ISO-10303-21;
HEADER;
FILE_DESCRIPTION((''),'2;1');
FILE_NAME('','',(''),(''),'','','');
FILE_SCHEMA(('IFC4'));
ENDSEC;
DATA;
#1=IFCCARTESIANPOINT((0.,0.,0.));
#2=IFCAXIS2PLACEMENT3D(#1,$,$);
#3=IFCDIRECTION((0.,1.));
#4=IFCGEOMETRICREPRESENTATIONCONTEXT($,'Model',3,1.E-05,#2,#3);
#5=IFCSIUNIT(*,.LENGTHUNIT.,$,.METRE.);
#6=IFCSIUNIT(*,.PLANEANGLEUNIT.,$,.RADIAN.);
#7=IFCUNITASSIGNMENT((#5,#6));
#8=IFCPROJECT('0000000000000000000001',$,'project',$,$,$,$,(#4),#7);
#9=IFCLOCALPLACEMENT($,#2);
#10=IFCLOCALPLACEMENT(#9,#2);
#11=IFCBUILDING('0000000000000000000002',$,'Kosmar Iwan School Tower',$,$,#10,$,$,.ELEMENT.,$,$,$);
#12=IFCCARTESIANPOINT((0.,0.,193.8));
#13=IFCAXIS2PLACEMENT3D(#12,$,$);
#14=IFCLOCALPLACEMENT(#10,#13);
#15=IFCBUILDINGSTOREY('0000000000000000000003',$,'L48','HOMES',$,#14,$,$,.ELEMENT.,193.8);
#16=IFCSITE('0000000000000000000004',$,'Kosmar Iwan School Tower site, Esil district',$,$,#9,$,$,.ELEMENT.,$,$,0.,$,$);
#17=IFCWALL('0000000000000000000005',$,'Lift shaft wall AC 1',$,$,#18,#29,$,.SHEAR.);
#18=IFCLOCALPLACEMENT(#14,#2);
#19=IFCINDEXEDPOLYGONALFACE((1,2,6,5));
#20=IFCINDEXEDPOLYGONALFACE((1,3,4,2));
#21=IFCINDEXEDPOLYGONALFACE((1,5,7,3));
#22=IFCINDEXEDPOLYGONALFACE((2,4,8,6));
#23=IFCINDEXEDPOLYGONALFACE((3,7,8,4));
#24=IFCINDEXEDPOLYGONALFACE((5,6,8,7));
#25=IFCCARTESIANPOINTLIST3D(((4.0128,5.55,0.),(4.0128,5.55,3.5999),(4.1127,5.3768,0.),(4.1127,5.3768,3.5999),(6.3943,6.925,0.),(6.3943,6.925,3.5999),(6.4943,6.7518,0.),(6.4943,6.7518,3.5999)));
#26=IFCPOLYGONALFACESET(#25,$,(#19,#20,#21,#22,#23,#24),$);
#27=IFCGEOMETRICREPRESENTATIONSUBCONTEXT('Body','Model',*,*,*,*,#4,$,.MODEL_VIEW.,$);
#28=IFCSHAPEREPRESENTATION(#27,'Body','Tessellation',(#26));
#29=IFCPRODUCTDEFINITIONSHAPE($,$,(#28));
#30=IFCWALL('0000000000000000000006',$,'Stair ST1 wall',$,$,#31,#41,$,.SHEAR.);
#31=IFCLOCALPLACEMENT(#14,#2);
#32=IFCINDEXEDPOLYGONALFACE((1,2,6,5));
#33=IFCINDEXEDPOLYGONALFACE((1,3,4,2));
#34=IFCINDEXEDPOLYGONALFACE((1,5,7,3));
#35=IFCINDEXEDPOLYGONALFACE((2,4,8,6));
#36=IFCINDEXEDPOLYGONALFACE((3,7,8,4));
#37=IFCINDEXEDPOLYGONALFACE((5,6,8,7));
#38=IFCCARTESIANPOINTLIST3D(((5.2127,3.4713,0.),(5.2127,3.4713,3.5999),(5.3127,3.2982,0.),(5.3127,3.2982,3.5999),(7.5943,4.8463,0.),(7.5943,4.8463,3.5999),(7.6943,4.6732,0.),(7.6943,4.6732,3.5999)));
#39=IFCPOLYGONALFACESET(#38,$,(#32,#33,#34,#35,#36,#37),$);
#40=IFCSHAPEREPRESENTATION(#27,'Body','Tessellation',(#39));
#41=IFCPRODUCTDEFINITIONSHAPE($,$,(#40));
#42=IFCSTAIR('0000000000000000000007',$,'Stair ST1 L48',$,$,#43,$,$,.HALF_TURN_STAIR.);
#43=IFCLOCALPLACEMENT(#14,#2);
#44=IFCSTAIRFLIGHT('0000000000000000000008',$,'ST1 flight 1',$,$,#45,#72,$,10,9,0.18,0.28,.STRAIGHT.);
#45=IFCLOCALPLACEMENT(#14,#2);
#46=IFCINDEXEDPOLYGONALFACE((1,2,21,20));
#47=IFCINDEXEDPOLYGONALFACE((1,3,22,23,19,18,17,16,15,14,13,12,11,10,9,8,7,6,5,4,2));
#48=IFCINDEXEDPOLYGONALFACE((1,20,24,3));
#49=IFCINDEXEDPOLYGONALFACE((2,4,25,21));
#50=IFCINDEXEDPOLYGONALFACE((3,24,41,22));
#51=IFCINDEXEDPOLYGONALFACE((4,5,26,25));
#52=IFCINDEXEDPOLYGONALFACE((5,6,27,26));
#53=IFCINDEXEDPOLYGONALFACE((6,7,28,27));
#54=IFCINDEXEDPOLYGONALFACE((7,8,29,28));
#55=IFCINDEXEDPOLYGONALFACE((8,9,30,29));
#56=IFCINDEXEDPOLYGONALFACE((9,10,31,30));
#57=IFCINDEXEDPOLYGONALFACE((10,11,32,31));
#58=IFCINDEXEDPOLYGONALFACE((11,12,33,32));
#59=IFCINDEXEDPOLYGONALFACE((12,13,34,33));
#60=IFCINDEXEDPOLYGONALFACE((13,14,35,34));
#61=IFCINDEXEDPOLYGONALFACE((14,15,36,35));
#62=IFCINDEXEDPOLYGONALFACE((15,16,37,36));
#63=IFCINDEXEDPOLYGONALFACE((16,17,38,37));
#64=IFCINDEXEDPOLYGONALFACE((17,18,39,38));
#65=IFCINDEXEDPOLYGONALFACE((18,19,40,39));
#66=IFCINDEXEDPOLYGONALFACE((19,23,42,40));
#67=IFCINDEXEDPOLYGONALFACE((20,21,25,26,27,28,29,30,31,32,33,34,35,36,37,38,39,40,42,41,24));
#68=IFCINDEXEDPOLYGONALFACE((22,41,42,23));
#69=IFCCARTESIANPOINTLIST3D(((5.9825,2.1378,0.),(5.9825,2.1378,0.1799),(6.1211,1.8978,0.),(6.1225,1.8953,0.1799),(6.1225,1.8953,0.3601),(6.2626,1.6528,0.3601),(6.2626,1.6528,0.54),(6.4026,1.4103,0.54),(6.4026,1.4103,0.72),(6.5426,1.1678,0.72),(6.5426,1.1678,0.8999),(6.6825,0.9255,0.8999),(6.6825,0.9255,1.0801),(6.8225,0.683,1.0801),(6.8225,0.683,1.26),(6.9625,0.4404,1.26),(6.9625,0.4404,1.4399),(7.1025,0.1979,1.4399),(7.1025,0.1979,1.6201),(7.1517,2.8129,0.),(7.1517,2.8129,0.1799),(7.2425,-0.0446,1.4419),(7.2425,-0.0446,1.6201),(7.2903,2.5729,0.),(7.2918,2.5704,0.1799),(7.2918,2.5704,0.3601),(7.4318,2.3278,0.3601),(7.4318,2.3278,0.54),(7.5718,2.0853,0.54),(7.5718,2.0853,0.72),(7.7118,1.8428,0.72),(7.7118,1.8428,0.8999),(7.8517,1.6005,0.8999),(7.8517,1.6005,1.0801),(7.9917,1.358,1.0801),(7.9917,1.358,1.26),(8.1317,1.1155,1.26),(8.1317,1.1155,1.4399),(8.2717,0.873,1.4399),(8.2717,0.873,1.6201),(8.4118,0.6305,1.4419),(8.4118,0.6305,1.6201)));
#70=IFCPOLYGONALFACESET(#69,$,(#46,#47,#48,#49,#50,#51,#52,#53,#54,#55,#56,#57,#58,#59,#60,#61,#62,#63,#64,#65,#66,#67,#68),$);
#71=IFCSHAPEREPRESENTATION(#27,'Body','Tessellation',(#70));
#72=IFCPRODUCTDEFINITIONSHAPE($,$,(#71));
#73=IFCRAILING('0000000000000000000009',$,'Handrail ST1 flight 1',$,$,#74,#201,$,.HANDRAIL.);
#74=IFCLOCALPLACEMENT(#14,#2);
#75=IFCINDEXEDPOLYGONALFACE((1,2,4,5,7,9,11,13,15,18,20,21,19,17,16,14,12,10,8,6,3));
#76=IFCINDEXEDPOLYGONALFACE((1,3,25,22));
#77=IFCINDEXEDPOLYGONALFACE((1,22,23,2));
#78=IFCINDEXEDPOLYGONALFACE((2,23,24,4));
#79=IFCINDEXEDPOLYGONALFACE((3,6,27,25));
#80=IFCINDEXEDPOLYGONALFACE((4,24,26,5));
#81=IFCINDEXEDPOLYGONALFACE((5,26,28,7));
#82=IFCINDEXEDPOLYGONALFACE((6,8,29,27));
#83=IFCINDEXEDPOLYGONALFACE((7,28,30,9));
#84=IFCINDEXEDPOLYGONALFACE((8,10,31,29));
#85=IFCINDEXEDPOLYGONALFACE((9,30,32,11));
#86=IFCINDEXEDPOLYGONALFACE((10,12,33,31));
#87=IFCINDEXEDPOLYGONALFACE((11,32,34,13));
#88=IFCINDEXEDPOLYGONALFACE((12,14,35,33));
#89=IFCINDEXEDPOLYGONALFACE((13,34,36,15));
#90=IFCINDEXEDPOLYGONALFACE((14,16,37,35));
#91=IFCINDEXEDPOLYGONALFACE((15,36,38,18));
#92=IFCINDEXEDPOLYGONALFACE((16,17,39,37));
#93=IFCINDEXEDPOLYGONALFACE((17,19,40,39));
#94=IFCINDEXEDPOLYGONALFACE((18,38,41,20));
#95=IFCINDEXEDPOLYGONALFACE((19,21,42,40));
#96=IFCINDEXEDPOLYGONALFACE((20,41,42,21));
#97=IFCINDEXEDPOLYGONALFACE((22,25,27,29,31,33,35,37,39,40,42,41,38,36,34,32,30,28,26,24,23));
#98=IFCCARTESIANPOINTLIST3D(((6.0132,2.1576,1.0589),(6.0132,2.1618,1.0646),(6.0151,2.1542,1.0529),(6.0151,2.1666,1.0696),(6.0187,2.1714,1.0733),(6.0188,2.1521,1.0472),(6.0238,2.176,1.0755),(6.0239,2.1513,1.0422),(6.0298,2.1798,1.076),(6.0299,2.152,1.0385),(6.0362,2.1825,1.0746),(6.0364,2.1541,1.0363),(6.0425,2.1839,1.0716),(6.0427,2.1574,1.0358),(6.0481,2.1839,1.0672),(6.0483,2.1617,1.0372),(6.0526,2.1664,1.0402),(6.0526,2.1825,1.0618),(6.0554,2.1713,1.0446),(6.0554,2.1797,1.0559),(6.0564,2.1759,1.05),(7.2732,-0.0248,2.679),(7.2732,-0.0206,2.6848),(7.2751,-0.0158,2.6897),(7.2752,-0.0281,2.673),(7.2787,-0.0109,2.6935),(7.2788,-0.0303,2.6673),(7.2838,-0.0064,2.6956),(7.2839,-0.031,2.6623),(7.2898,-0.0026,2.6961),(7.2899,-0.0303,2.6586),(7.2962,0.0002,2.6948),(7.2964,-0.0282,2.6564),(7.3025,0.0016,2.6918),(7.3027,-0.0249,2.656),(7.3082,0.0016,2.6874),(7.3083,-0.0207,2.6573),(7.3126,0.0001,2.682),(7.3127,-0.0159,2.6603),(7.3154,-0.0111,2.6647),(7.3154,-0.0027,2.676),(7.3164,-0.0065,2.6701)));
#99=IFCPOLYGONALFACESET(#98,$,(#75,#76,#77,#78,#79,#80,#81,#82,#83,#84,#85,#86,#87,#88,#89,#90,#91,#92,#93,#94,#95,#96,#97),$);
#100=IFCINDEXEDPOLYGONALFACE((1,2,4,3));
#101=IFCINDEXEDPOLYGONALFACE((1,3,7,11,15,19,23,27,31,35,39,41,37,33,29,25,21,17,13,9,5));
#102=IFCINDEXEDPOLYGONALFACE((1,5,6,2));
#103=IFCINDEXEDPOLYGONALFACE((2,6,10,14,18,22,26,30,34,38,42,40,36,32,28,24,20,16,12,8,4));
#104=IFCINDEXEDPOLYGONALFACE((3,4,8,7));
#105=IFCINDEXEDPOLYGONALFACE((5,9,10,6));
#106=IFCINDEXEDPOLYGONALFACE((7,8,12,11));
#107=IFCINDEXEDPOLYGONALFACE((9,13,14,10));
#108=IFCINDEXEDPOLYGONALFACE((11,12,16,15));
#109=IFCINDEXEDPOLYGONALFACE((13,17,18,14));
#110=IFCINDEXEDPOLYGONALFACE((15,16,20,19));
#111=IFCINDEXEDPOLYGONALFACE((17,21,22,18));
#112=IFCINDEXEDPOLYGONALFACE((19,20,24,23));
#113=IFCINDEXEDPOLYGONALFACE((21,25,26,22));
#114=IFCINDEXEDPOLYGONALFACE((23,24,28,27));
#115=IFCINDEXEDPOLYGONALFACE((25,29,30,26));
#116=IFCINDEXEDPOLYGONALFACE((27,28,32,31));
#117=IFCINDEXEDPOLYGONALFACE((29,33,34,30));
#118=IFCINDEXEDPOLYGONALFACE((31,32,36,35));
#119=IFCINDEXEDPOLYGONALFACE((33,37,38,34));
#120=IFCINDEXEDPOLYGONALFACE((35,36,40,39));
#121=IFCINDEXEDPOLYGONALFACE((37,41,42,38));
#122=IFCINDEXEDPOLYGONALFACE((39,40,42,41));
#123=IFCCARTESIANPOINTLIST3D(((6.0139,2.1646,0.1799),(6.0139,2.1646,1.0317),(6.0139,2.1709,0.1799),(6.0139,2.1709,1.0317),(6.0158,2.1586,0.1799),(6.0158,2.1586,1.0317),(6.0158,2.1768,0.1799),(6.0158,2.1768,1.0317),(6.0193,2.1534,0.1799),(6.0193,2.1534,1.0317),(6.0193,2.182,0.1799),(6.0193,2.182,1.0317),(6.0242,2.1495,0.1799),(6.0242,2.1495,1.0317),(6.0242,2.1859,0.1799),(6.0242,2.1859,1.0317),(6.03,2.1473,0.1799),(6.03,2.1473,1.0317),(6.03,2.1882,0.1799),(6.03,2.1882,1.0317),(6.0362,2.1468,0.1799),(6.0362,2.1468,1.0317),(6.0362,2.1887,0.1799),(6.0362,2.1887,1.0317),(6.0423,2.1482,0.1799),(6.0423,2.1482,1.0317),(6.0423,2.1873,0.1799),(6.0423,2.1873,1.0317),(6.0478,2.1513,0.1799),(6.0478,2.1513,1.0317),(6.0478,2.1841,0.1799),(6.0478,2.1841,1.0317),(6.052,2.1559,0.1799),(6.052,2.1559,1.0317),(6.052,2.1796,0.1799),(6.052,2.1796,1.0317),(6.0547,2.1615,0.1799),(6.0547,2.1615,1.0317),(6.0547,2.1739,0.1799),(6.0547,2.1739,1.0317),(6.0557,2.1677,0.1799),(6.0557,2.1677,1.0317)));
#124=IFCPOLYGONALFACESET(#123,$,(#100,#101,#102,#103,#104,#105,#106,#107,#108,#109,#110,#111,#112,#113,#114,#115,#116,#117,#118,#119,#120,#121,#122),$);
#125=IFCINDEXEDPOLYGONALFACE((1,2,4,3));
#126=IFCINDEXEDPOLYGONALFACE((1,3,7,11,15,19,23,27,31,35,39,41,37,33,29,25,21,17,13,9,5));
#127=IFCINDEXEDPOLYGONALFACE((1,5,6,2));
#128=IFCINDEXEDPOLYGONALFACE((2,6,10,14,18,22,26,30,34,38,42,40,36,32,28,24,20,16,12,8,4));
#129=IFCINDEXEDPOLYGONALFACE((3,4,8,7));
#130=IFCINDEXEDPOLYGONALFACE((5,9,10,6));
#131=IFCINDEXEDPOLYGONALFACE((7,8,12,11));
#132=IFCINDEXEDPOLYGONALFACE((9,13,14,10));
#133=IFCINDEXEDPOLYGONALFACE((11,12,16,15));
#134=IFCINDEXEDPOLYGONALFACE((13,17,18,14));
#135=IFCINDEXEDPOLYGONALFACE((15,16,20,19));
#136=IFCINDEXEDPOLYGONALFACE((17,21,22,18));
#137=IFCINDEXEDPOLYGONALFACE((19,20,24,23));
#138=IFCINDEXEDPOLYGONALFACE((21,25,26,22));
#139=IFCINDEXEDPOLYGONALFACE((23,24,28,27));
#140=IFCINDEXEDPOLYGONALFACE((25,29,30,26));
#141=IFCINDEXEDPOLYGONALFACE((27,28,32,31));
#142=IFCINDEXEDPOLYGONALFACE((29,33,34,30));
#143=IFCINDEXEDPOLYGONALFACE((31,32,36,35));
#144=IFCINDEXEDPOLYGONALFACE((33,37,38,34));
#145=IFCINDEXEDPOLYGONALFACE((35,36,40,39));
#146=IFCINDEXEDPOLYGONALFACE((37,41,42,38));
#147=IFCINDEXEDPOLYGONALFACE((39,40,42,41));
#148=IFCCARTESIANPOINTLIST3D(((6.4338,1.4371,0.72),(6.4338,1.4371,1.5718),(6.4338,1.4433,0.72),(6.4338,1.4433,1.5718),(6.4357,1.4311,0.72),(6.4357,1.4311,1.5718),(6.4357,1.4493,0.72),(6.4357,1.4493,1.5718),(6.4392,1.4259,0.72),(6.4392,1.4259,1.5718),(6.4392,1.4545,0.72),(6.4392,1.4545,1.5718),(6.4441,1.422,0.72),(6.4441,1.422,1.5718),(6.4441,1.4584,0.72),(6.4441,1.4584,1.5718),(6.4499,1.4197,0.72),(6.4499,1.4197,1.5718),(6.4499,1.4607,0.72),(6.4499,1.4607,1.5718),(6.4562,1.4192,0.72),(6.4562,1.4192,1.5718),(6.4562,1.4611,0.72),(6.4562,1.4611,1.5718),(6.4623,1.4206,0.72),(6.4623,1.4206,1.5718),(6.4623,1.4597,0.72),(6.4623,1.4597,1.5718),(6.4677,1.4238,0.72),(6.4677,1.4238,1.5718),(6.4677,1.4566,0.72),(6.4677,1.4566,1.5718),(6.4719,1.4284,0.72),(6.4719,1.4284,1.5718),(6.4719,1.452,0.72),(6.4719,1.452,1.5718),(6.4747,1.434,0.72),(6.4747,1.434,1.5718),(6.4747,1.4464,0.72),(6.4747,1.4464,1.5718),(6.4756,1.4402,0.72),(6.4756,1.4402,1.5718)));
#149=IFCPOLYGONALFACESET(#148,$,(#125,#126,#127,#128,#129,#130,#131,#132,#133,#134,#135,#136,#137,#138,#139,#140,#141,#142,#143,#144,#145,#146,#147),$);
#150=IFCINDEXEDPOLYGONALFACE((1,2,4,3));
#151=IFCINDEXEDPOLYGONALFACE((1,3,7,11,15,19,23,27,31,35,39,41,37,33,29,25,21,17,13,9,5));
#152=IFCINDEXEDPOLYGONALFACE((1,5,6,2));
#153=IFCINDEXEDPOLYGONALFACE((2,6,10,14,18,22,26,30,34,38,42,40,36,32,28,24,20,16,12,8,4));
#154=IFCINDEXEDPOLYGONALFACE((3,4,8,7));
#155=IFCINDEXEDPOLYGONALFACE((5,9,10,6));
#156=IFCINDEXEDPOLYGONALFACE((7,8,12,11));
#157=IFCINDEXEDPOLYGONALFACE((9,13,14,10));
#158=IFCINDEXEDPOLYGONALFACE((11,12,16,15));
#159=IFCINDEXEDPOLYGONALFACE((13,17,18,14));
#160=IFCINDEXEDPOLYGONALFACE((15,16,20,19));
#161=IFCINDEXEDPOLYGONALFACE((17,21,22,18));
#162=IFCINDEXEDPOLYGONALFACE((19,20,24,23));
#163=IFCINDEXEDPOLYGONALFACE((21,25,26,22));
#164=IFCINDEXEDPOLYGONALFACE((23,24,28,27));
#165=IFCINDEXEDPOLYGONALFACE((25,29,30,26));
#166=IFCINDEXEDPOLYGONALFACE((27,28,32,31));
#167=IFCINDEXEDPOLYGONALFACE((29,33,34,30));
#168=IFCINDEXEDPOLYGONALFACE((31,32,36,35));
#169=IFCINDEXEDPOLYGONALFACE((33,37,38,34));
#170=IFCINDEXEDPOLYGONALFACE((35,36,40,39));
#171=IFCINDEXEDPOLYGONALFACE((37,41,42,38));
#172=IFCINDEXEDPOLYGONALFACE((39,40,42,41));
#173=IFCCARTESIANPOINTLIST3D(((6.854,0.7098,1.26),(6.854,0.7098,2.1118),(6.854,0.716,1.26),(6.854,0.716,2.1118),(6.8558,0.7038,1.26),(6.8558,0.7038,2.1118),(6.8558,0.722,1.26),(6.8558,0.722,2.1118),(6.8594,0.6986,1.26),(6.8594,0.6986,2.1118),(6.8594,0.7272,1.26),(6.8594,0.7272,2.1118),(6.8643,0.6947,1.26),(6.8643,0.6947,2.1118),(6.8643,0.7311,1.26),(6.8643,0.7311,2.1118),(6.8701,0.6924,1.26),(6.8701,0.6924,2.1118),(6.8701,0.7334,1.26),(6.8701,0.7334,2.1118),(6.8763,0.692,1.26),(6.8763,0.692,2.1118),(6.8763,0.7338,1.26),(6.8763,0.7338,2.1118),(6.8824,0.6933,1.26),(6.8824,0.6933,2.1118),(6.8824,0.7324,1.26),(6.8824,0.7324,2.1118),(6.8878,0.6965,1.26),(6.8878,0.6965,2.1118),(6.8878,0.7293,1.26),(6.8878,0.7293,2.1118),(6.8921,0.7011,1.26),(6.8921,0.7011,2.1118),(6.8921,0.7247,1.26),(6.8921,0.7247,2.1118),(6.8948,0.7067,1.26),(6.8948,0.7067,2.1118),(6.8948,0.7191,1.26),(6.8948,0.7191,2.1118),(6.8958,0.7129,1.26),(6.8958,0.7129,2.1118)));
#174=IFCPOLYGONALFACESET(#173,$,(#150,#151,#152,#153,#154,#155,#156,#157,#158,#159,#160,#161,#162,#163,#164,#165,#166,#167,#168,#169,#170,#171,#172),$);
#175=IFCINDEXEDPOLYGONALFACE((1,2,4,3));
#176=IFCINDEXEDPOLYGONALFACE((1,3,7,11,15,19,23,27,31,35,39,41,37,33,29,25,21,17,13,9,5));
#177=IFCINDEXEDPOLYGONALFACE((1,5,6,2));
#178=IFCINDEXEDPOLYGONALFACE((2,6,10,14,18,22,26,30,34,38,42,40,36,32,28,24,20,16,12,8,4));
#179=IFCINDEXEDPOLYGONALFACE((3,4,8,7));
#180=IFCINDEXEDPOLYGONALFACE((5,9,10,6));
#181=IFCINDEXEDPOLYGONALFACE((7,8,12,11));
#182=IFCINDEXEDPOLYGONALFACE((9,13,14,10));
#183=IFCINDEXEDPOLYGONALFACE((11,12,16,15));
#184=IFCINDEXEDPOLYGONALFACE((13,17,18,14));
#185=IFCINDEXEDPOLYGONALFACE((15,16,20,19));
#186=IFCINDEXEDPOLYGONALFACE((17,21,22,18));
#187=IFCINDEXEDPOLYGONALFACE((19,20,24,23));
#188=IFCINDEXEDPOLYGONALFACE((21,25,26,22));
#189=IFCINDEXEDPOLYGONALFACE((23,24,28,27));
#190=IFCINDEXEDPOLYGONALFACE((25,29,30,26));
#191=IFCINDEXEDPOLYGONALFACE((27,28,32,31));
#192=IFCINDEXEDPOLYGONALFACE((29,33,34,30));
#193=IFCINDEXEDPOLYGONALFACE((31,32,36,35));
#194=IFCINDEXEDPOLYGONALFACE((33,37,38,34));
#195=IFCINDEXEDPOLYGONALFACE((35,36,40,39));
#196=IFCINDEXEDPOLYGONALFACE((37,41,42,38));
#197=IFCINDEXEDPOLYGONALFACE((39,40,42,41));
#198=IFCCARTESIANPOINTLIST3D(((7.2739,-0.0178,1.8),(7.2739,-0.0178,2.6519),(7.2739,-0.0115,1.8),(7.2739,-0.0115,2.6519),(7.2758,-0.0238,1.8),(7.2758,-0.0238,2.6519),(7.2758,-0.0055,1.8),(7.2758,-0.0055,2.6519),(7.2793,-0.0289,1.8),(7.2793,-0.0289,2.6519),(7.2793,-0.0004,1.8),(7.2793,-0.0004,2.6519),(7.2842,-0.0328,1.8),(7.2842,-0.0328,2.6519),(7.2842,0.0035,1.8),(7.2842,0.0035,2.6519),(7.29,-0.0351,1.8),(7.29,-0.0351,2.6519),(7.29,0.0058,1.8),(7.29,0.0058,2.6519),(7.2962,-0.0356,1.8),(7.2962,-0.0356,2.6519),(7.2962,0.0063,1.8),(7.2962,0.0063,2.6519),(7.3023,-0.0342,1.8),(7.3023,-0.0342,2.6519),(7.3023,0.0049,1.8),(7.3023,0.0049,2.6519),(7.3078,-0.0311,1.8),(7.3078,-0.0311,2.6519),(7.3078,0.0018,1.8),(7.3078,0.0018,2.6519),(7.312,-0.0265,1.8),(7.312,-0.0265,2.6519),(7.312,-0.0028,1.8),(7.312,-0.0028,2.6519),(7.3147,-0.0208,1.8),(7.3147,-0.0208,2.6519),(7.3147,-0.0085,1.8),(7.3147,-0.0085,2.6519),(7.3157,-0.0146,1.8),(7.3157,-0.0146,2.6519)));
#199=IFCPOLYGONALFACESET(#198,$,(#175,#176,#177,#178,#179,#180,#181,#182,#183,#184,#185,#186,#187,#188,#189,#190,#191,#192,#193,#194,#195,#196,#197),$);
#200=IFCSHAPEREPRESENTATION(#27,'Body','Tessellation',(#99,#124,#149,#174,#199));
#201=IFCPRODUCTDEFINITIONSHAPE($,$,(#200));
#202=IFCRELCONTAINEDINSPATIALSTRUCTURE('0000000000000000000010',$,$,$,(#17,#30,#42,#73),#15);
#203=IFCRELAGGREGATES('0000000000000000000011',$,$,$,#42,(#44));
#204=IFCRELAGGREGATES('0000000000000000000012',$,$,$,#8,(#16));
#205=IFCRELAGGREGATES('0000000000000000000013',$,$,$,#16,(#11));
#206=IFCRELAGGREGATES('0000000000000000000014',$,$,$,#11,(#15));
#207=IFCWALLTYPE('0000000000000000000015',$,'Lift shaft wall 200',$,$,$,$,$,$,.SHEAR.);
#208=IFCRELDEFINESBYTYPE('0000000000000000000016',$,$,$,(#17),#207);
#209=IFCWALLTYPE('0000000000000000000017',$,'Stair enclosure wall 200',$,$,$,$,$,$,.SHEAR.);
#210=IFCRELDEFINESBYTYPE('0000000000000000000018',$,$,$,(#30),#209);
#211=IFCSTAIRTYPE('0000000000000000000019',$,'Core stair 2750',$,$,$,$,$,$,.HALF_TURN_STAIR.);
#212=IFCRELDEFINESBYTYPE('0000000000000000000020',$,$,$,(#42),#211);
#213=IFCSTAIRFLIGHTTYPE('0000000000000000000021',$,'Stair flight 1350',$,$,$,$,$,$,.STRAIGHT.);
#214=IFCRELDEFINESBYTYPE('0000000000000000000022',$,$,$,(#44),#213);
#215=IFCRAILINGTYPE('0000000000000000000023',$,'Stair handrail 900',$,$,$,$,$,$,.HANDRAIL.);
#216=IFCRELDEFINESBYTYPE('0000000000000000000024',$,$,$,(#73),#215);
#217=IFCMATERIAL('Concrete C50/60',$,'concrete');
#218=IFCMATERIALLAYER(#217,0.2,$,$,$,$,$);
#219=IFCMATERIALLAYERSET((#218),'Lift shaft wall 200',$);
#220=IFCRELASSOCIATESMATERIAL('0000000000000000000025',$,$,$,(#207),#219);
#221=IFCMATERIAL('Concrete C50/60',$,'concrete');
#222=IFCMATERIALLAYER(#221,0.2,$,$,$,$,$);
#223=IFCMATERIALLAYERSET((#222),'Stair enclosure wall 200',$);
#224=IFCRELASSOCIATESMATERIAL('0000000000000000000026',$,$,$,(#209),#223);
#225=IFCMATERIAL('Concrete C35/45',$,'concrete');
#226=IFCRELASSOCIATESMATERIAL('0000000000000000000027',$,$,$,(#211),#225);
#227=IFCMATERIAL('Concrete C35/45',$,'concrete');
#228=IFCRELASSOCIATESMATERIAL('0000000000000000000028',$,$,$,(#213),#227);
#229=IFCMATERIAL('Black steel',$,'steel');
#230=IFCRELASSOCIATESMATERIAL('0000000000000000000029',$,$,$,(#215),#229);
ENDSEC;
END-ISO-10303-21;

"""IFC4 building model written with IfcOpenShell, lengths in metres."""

from ifc_helpers import new_model, si_unit, direction, frame, frame_2d, origin, origin_2d, place, context, subcontext, project, spatial, polyline, rectangle, circle, outline, extrude, material, layer, layer_set, type_object, element, aggregate, save


model = new_model("IFC4")

# Units and contexts
model_context = context("Model", 3, precision=1e-05, world=origin(), true_north=direction((0.0, 1.0)))
body_context = subcontext(model_context, "Body", "Model", "MODEL_VIEW")
ifc_project = project(units=[si_unit("LENGTHUNIT", "METRE"), si_unit("PLANEANGLEUNIT", "RADIAN")], contexts=[model_context])

# Site, building, storey
site_placement = place(None, origin())
site = spatial("IfcSite", under=ifc_project, at=site_placement, Name="Kosmar Iwan School Tower site, Esil district", CompositionType="ELEMENT", RefElevation=0.0)
building_placement = place(site_placement, origin())
building = spatial("IfcBuilding", under=site, at=building_placement, Name="Kosmar Iwan School Tower", CompositionType="ELEMENT")
storey_placement = place(building_placement, frame((0.0, 0.0, 193.8)))
storey = spatial("IfcBuildingStorey", under=building, at=storey_placement, Name="L48", Description="HOMES", CompositionType="ELEMENT", Elevation=193.8)

# Walls
ifc_material_1 = material(Name="Concrete C50/60", Category="concrete")
ifc_layer_1 = layer(ifc_material_1, 0.2)
ifc_layer_set_1 = layer_set([ifc_layer_1], Name="Lift shaft wall 200")
wall_type_1 = type_object("IfcWallType", Name="Lift shaft wall 200", PredefinedType="SHEAR", material=ifc_layer_set_1)
wall_1_placement = place(storey_placement, frame((4.0627, 5.4634, 0.0), z_axis=(0.0, 0.0, 1.0), x_axis=(0.866027, 0.499997, 0.0)))
element("IfcWall", 1, at=wall_1_placement, inside=storey, type_object=wall_type_1, Name="Lift shaft wall AC 1", PredefinedType="SHEAR", context=body_context, shape_type="SweptSolid", body=[
    extrude(rectangle(XDim=2.75, YDim=0.2, at=frame_2d((1.375, 0.0))), origin(), (0.0, 0.0, 1.0), 3.5999),
])
ifc_material_2 = material(Name="Concrete C50/60", Category="concrete")
ifc_layer_2 = layer(ifc_material_2, 0.2)
ifc_layer_set_2 = layer_set([ifc_layer_2], Name="Stair enclosure wall 200")
wall_type_2 = type_object("IfcWallType", Name="Stair enclosure wall 200", PredefinedType="SHEAR", material=ifc_layer_set_2)
wall_2_placement = place(storey_placement, frame((5.2627, 3.3848, 0.0), z_axis=(0.0, 0.0, 1.0), x_axis=(0.866027, 0.499997, 0.0)))
element("IfcWall", 2, at=wall_2_placement, inside=storey, type_object=wall_type_2, Name="Stair ST1 wall", PredefinedType="SHEAR", context=body_context, shape_type="SweptSolid", body=[
    extrude(rectangle(XDim=2.75, YDim=0.2, at=frame_2d((1.375, 0.0))), origin(), (0.0, 0.0, 1.0), 3.5999),
])

# Stair, stair flight
ifc_material_3 = material(Name="Concrete C35/45", Category="concrete")
stair_type = type_object("IfcStairType", Name="Core stair 2750", PredefinedType="HALF_TURN_STAIR", material=ifc_material_3)
stair_placement = place(storey_placement, origin())
stair = element("IfcStair", 3, at=stair_placement, inside=storey, type_object=stair_type, Name="Stair ST1 L48", PredefinedType="HALF_TURN_STAIR")
ifc_material_4 = material(Name="Concrete C35/45", Category="concrete")
stair_flight_type = type_object("IfcStairFlightType", Name="Stair flight 1350", PredefinedType="STRAIGHT", material=ifc_material_4)
stair_flight_placement = place(storey_placement, frame((6.5671, 2.4753, 0.0), z_axis=(0.0, 0.0, 1.0), x_axis=(0.5, -0.866025, 0.0)))
stair_flight = element("IfcStairFlight", 4, at=stair_flight_placement, type_object=stair_flight_type, Name="ST1 flight 1", NumberOfRisers=10, NumberOfTreads=9, PredefinedType="STRAIGHT", RiserHeight=0.18, TreadLength=0.28, context=body_context, shape_type="SweptSolid", body=[
    extrude(outline(polyline([(0.0, 0.0), (0.0, 0.1799), (0.28, 0.1799), (0.28, 0.3601), (0.5601, 0.3601), (0.5601, 0.54), (0.8401, 0.54), (0.8401, 0.72), (1.1201, 0.72), (1.1201, 0.8999), (1.3999, 0.8999), (1.3999, 1.0801), (1.6799, 1.0801), (1.6799, 1.26), (1.96, 1.26), (1.96, 1.4399), (2.24, 1.4399), (2.24, 1.6201), (2.52, 1.6201), (2.52, 1.8), (2.52, 1.4419), (0.2771, 0.0), (0.0, 0.0)])), frame((0.0, 0.675, 0.0), z_axis=(0.0, -1.0, 0.0), x_axis=(1.0, 0.0, 0.0)), (0.0, 0.0, 1.0), 1.3501),
])
aggregate(stair, [stair_flight])

# Railing
ifc_material_5 = material(Name="Black steel", Category="steel")
railing_type = type_object("IfcRailingType", Name="Stair handrail 900", PredefinedType="HANDRAIL", material=ifc_material_5)
railing_placement = place(storey_placement, frame((6.0347, 2.1677, 0.1799)))
element("IfcRailing", 5, at=railing_placement, inside=storey, type_object=railing_type, Name="Handrail ST1 flight 1", PredefinedType="HANDRAIL", context=body_context, shape_type="SweptSolid", body=[
    extrude(circle(Radius=0.0239, at=origin_2d()), frame((0.0, 0.0, 0.876), z_axis=(0.420584, -0.728464, 0.540786), x_axis=(0.866023, 0.500005, 0.0)), (0.0, 0.0, 1.0), 2.9958),
    extrude(circle(Radius=0.021, at=origin_2d()), origin(), (0.0, 0.0, 1.0), 0.8518),
    extrude(circle(Radius=0.021, at=origin_2d()), frame((0.4199, -0.7275, 0.54)), (0.0, 0.0, 1.0), 0.8518),
    extrude(circle(Radius=0.021, at=origin_2d()), frame((0.8401, -1.4548, 1.0801)), (0.0, 0.0, 1.0), 0.8518),
    extrude(circle(Radius=0.021, at=origin_2d()), frame((1.26, -2.1824, 1.6201)), (0.0, 0.0, 1.0), 0.8518),
])

save(model, "model.ifc")
